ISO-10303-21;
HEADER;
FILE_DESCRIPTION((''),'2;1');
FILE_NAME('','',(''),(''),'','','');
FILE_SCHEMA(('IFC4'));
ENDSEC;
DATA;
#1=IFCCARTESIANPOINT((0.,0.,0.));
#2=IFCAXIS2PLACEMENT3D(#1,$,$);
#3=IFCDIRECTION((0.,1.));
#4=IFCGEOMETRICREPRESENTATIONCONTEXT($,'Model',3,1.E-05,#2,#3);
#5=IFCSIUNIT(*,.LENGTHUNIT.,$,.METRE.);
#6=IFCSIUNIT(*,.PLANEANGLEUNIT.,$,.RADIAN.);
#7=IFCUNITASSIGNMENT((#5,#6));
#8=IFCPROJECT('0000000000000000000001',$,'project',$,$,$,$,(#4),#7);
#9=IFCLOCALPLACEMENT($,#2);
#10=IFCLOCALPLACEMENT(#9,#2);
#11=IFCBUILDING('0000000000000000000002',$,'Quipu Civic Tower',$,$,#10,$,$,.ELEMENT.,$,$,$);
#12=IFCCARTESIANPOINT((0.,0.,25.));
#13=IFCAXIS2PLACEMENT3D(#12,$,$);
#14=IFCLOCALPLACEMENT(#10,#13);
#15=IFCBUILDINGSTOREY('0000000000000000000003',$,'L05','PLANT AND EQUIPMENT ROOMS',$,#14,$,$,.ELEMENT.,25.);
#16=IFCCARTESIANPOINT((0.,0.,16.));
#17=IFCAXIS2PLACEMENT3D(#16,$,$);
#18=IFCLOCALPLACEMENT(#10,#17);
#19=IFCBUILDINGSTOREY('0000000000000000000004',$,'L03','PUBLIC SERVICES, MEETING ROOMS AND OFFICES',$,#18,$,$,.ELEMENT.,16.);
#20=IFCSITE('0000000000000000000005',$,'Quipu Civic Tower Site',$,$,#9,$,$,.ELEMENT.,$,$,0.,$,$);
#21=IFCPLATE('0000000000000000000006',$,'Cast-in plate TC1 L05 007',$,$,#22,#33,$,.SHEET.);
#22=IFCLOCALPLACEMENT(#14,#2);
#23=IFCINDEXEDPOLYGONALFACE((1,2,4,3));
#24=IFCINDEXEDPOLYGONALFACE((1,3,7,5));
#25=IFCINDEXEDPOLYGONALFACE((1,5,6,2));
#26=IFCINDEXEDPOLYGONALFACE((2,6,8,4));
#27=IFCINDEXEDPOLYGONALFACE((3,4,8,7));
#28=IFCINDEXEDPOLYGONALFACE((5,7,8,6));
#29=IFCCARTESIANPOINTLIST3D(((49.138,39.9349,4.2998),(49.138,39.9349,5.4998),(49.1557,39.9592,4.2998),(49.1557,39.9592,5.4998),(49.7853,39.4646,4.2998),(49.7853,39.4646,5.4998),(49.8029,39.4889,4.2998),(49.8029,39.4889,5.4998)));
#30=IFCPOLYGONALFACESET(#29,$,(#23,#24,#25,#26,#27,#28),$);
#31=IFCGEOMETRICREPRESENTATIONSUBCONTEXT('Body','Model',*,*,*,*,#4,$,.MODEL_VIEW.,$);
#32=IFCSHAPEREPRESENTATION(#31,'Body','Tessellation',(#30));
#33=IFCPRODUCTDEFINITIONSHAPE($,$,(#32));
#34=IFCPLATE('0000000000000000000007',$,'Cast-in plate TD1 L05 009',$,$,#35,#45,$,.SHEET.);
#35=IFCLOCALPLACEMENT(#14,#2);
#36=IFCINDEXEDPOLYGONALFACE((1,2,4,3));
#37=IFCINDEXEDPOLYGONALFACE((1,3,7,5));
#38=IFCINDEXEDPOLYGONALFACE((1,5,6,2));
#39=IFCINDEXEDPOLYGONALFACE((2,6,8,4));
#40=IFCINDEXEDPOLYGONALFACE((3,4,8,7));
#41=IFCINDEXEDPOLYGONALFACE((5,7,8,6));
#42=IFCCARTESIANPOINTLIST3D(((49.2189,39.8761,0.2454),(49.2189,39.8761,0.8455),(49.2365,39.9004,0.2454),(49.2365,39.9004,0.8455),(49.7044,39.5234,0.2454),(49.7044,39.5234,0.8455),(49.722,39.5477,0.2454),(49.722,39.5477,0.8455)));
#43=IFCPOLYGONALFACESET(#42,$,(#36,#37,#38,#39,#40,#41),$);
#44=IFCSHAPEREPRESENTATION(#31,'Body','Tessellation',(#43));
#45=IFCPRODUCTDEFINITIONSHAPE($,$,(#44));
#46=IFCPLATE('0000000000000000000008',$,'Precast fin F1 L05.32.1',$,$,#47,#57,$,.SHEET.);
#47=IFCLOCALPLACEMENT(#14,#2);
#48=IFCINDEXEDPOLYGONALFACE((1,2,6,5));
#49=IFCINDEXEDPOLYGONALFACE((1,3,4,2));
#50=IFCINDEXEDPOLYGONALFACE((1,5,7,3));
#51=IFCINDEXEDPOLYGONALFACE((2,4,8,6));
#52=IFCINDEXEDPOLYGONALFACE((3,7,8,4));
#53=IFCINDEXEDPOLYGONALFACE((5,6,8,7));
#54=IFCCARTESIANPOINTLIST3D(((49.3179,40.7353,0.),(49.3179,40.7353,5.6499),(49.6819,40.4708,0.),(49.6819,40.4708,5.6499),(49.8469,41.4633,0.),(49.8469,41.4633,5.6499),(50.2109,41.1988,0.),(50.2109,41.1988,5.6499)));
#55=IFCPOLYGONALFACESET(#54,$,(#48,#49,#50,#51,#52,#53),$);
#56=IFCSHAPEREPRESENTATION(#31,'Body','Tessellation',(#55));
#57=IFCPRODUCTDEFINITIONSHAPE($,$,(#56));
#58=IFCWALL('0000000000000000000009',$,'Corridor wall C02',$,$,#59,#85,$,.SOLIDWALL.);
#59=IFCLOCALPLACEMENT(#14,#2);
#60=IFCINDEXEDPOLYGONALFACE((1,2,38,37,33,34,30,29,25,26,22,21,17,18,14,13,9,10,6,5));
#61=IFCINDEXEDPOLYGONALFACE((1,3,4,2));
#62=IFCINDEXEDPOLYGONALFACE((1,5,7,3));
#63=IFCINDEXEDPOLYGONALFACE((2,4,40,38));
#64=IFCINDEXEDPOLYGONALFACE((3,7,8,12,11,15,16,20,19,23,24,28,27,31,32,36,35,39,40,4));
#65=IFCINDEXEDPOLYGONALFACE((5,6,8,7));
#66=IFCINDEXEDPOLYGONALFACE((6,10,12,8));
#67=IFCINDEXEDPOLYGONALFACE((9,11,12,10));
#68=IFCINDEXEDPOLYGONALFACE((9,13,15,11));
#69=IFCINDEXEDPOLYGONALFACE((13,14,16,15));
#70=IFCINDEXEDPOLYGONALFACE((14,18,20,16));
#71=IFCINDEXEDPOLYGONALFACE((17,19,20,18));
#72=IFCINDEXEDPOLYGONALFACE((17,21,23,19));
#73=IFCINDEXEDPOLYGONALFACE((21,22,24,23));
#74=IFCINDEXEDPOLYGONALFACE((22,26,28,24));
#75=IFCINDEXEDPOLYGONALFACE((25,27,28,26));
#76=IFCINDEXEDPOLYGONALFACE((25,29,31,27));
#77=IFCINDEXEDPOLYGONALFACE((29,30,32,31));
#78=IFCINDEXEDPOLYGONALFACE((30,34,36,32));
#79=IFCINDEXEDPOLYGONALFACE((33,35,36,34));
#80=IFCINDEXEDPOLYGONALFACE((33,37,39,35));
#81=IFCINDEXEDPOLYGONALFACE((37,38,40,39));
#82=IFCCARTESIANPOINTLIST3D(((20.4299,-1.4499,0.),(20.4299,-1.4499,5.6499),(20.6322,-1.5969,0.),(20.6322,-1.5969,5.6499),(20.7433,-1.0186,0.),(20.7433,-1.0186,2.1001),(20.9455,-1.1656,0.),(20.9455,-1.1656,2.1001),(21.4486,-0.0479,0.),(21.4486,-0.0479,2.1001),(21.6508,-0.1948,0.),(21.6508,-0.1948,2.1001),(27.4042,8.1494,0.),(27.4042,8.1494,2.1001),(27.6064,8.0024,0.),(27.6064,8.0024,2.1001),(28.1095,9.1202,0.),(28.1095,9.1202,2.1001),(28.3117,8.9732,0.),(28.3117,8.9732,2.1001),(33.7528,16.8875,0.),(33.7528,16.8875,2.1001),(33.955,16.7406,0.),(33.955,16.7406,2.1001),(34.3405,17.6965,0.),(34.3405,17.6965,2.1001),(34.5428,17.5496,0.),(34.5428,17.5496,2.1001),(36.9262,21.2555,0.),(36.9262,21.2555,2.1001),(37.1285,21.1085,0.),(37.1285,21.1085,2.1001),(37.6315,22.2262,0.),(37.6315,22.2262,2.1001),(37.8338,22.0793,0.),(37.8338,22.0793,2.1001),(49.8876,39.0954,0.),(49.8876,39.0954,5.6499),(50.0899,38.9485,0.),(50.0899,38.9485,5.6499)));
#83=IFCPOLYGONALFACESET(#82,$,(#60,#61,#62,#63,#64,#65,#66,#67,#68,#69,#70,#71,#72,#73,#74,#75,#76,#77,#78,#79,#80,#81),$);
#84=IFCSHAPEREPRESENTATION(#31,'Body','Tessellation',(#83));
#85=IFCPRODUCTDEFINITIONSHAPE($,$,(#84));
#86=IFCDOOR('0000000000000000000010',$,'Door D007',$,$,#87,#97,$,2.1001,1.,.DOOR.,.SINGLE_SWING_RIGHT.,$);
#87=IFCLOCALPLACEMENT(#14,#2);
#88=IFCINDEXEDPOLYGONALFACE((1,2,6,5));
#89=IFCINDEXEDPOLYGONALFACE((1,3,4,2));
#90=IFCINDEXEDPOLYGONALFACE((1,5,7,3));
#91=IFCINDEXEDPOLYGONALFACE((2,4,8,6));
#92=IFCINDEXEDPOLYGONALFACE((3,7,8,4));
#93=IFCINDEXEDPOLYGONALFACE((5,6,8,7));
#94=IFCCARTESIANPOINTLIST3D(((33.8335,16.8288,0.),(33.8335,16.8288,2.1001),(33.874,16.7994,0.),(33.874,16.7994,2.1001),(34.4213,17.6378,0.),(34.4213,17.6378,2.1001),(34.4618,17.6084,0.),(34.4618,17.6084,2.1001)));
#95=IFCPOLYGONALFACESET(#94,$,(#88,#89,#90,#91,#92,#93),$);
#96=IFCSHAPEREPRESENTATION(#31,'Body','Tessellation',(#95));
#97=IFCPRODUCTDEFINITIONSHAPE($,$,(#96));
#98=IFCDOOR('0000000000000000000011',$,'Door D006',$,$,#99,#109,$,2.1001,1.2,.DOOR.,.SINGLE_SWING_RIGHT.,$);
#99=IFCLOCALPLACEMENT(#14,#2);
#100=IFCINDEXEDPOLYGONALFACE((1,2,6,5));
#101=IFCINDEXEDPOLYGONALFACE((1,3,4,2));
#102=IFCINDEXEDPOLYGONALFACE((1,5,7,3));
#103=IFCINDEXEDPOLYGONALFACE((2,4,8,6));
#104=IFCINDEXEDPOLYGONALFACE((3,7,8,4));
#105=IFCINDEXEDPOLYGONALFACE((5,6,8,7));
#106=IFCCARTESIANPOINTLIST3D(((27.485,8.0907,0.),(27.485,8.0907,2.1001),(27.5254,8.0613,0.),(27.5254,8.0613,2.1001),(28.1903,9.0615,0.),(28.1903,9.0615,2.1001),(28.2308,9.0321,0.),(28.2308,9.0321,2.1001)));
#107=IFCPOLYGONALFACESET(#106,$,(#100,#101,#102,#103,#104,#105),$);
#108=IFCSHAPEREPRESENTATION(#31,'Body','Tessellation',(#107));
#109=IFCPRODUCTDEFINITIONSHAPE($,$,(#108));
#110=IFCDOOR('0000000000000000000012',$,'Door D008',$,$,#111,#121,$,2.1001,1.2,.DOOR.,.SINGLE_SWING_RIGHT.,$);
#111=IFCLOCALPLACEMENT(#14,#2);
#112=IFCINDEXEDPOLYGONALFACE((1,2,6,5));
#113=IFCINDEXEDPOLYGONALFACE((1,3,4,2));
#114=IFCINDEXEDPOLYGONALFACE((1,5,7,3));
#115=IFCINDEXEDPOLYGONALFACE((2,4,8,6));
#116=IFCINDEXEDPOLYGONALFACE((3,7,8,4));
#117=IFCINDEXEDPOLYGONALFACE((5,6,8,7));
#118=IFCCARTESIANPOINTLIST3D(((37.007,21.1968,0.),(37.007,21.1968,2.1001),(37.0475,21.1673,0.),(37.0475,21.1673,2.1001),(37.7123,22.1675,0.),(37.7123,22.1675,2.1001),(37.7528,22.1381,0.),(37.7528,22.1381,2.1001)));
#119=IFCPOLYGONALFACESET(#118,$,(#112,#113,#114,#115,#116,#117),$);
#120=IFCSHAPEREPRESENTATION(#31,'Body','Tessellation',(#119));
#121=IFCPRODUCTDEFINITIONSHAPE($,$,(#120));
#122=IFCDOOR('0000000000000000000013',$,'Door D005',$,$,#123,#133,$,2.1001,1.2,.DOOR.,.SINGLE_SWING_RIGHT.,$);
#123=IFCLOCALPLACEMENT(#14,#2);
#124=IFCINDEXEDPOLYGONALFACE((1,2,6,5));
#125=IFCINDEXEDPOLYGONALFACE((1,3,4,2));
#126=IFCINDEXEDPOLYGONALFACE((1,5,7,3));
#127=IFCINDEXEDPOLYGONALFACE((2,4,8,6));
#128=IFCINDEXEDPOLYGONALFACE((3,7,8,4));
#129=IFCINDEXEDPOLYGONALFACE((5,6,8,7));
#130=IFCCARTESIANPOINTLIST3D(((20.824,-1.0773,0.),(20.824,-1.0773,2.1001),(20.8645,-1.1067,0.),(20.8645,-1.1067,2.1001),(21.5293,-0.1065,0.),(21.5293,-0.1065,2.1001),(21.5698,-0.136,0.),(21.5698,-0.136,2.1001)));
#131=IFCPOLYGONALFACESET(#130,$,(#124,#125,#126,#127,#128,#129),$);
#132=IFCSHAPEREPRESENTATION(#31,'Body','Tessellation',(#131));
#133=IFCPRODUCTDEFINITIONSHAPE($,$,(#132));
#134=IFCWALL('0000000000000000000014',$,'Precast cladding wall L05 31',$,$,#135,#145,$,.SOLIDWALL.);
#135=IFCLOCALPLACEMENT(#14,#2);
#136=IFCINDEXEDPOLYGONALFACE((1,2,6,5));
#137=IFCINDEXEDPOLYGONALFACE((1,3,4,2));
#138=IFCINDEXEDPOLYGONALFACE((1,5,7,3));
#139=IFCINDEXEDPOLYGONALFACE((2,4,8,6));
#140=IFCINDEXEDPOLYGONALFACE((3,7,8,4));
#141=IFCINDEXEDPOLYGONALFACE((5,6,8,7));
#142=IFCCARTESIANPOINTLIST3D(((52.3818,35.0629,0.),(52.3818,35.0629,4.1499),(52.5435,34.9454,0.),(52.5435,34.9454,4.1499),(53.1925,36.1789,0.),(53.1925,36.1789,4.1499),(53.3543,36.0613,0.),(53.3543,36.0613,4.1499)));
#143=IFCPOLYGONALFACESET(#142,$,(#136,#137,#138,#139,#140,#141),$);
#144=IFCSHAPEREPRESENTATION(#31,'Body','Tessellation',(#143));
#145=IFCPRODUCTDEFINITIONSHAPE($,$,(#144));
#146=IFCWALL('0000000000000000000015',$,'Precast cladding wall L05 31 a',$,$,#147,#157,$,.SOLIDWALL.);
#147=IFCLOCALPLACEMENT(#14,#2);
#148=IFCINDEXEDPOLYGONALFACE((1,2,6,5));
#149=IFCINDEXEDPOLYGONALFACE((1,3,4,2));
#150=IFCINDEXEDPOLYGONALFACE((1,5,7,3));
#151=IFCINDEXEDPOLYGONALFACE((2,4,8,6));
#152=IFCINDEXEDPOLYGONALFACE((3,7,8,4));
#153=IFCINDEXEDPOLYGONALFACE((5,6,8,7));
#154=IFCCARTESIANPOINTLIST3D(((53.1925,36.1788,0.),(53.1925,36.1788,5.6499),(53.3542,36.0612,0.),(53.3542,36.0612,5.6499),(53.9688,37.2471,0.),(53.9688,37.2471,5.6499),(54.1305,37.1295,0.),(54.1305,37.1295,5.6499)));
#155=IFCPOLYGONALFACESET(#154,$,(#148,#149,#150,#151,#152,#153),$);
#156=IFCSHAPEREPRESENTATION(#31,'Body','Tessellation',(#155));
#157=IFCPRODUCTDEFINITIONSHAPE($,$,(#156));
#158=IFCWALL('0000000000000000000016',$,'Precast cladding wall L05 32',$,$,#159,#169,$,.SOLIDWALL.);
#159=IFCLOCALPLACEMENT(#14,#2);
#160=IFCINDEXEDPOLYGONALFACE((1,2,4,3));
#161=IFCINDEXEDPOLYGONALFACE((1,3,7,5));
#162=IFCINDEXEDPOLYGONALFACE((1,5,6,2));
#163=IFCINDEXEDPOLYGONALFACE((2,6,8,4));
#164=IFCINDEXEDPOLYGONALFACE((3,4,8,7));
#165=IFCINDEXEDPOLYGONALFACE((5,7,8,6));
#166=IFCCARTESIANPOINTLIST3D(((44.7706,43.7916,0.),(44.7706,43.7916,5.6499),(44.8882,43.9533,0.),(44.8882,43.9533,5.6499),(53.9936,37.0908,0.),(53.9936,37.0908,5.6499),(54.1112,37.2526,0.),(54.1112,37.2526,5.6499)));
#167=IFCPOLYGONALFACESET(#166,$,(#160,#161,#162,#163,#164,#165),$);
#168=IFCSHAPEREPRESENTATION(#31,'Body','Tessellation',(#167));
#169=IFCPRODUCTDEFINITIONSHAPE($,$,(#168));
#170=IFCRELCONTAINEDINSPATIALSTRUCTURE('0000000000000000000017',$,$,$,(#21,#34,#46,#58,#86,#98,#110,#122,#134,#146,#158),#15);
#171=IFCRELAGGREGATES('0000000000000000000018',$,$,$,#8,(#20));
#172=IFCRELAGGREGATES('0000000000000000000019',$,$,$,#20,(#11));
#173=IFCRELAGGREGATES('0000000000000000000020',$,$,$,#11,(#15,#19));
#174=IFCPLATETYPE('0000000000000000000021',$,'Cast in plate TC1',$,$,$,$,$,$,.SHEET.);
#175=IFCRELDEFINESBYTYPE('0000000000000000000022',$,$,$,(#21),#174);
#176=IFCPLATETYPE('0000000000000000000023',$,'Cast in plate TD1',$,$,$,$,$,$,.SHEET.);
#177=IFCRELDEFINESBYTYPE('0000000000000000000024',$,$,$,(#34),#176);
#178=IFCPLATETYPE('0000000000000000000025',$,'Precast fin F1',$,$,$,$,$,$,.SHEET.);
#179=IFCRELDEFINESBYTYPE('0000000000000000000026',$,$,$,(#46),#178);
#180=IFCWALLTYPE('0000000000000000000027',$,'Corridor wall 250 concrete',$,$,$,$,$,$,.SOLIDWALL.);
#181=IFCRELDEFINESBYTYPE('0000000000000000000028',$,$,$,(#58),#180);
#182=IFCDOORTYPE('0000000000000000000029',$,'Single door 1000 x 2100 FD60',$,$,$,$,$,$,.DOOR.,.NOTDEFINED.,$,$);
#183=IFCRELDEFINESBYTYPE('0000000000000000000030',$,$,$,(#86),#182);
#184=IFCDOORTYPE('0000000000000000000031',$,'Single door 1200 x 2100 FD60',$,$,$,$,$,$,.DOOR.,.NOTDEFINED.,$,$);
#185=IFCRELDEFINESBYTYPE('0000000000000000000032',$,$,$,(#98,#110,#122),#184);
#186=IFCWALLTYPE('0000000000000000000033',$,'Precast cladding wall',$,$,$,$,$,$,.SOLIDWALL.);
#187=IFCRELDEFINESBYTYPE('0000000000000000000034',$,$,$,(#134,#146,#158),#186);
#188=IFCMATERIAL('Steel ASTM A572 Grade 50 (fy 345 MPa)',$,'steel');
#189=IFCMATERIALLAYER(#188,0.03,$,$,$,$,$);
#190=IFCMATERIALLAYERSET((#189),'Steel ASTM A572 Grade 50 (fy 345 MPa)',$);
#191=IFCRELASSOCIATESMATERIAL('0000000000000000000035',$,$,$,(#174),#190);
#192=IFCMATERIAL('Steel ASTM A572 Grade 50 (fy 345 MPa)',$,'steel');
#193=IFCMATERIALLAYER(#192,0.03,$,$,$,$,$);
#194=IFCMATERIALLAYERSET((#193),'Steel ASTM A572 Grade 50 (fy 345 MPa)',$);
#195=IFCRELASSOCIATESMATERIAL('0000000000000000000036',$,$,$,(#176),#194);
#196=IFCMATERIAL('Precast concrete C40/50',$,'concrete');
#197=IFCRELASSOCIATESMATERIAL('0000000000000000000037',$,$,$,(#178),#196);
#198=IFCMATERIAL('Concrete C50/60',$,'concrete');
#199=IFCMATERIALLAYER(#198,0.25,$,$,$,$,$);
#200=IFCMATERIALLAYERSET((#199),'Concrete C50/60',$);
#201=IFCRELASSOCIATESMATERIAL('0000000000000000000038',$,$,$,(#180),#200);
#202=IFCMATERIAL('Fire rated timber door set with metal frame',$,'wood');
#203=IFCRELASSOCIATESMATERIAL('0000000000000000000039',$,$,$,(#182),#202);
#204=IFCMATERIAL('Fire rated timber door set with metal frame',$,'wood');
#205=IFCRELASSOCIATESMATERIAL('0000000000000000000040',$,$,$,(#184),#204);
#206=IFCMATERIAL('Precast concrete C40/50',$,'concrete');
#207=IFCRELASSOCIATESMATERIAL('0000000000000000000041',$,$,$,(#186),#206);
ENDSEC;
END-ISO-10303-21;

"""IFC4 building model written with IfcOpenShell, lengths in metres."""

from ifc_helpers import new_model, si_unit, direction, frame, frame_2d, origin, origin_2d, place, context, subcontext, project, spatial, rectangle, extrude, material, layer, layer_set, type_object, element, fill, save


model = new_model("IFC4")

# Units and contexts
model_context = context("Model", 3, precision=1e-05, world=origin(), true_north=direction((0.0, 1.0)))
body_context = subcontext(model_context, "Body", "Model", "MODEL_VIEW")
ifc_project = project(units=[si_unit("LENGTHUNIT", "METRE"), si_unit("PLANEANGLEUNIT", "RADIAN")], contexts=[model_context])

# Site, building, storey
site_placement = place(None, origin())
site = spatial("IfcSite", under=ifc_project, at=site_placement, Name="Quipu Civic Tower Site", CompositionType="ELEMENT", RefElevation=0.0)
building_placement = place(site_placement, origin())
building = spatial("IfcBuilding", under=site, at=building_placement, Name="Quipu Civic Tower", CompositionType="ELEMENT")
storey_1_placement = place(building_placement, frame((0.0, 0.0, 25.0)))
storey_1 = spatial("IfcBuildingStorey", under=building, at=storey_1_placement, Name="L05", Description="PLANT AND EQUIPMENT ROOMS", CompositionType="ELEMENT", Elevation=25.0)

# Shared definitions
storey_2_placement = place(building_placement, frame((0.0, 0.0, 16.0)))
storey_2 = spatial("IfcBuildingStorey", under=building, at=storey_2_placement, Name="L03", Description="PUBLIC SERVICES, MEETING ROOMS AND OFFICES", CompositionType="ELEMENT", Elevation=16.0)

# Plates
ifc_material_1 = material(Name="Steel ASTM A572 Grade 50 (fy 345 MPa)", Category="steel")
ifc_layer_1 = layer(ifc_material_1, 0.03)
ifc_layer_set_1 = layer_set([ifc_layer_1], Name="Steel ASTM A572 Grade 50 (fy 345 MPa)")
plate_type_1 = type_object("IfcPlateType", Name="Cast in plate TC1", PredefinedType="SHEET", material=ifc_layer_set_1)
plate_1_placement = place(storey_1_placement, frame((49.4705, 39.7119, 4.2998), z_axis=(0.0, 0.0, 1.0), x_axis=(0.809007, -0.587799, 0.0)))
element("IfcPlate", 1, at=plate_1_placement, inside=storey_1, type_object=plate_type_1, Name="Cast-in plate TC1 L05 007", PredefinedType="SHEET", context=body_context, shape_type="SweptSolid", body=[
    extrude(rectangle(XDim=0.8, YDim=0.03, at=origin_2d()), origin(), (0.0, 0.0, 1.0), 1.2),
])
ifc_material_2 = material(Name="Steel ASTM A572 Grade 50 (fy 345 MPa)", Category="steel")
ifc_layer_2 = layer(ifc_material_2, 0.03)
ifc_layer_set_2 = layer_set([ifc_layer_2], Name="Steel ASTM A572 Grade 50 (fy 345 MPa)")
plate_type_2 = type_object("IfcPlateType", Name="Cast in plate TD1", PredefinedType="SHEET", material=ifc_layer_set_2)
plate_2_placement = place(storey_1_placement, frame((49.4705, 39.7119, 0.2454), z_axis=(0.0, 0.0, 1.0), x_axis=(0.809007, -0.587799, 0.0)))
element("IfcPlate", 2, at=plate_2_placement, inside=storey_1, type_object=plate_type_2, Name="Cast-in plate TD1 L05 009", PredefinedType="SHEET", context=body_context, shape_type="SweptSolid", body=[
    extrude(rectangle(XDim=0.6001, YDim=0.03, at=origin_2d()), origin(), (0.0, 0.0, 1.0), 0.6001),
])
ifc_material_3 = material(Name="Precast concrete C40/50", Category="concrete")
plate_type_3 = type_object("IfcPlateType", Name="Precast fin F1", PredefinedType="SHEET", material=ifc_material_3)
plate_3_placement = place(storey_1_placement, frame((49.7644, 40.967, 0.0), z_axis=(0.0, 0.0, 1.0), x_axis=(-0.809021, 0.587779, 0.0)))
element("IfcPlate", 3, at=plate_3_placement, inside=storey_1, type_object=plate_type_3, Name="Precast fin F1 L05.32.1", PredefinedType="SHEET", context=body_context, shape_type="SweptSolid", body=[
    extrude(rectangle(XDim=0.45, YDim=0.8999, at=origin_2d()), origin(), (0.0, 0.0, 1.0), 5.6499),
])

# Wall, openings, doors
ifc_material_4 = material(Name="Concrete C50/60", Category="concrete")
ifc_layer_3 = layer(ifc_material_4, 0.25)
ifc_layer_set_3 = layer_set([ifc_layer_3], Name="Concrete C50/60")
wall_type_1 = type_object("IfcWallType", Name="Corridor wall 250 concrete", PredefinedType="SOLIDWALL", material=ifc_layer_set_3)
wall_1_placement = place(storey_1_placement, frame((49.9888, 39.022, 0.0), z_axis=(0.0, 0.0, 1.0), x_axis=(-0.587783, -0.809019, 0.0)))
wall_1 = element("IfcWall", 4, at=wall_1_placement, inside=storey_1, type_object=wall_type_1, Name="Corridor wall C02", PredefinedType="SOLIDWALL", context=body_context, shape_type="SweptSolid", body=[
    extrude(rectangle(XDim=50.1167, YDim=0.25, at=frame_2d((25.0583, 0.0))), origin(), (0.0, 0.0, 1.0), 5.6499),
])
opening_1_placement = place(wall_1_placement, frame((37.0513, 0.0, 0.0)))
opening_1 = element("IfcOpeningElement", 5, at=opening_1_placement, cuts=wall_1, PredefinedType="OPENING", context=body_context, shape_type="SweptSolid", body=[
    extrude(rectangle(XDim=1.2, YDim=2.1001, at=frame_2d((0.6001, 1.05))), frame((0.0, 0.135, 0.0), z_axis=(0.0, -1.0, 0.0), x_axis=(1.0, 0.0, 0.0)), (0.0, 0.0, 1.0), 0.27),
])
opening_2_placement = place(wall_1_placement, frame((20.8513, 0.0, 0.0)))
opening_2 = element("IfcOpeningElement", 6, at=opening_2_placement, cuts=wall_1, PredefinedType="OPENING", context=body_context, shape_type="SweptSolid", body=[
    extrude(rectangle(XDim=1.2, YDim=2.1001, at=frame_2d((0.6001, 1.05))), frame((0.0, 0.135, 0.0), z_axis=(0.0, -1.0, 0.0), x_axis=(1.0, 0.0, 0.0)), (0.0, 0.0, 1.0), 0.27),
])
opening_3_placement = place(wall_1_placement, frame((48.3835, 0.0, 0.0)))
opening_3 = element("IfcOpeningElement", 7, at=opening_3_placement, cuts=wall_1, PredefinedType="OPENING", context=body_context, shape_type="SweptSolid", body=[
    extrude(rectangle(XDim=1.2, YDim=2.1001, at=frame_2d((0.6001, 1.05))), frame((0.0, 0.135, 0.0), z_axis=(0.0, -1.0, 0.0), x_axis=(1.0, 0.0, 0.0)), (0.0, 0.0, 1.0), 0.27),
])
opening_4_placement = place(wall_1_placement, frame((26.4504, 0.0, 0.0)))
opening_4 = element("IfcOpeningElement", 8, at=opening_4_placement, cuts=wall_1, PredefinedType="OPENING", context=body_context, shape_type="SweptSolid", body=[
    extrude(rectangle(XDim=1.0, YDim=2.1001, at=frame_2d((0.5, 1.05))), frame((0.0, 0.135, 0.0), z_axis=(0.0, -1.0, 0.0), x_axis=(1.0, 0.0, 0.0)), (0.0, 0.0, 1.0), 0.27),
])
ifc_material_5 = material(Name="Fire rated timber door set with metal frame", Category="wood")
door_type_1 = type_object("IfcDoorType", Name="Single door 1000 x 2100 FD60", OperationType="NOTDEFINED", PredefinedType="DOOR", material=ifc_material_5)
door_1_placement = place(opening_4_placement, origin())
door_1 = element("IfcDoor", 9, at=door_1_placement, inside=storey_1, type_object=door_type_1, Name="Door D007", OperationType="SINGLE_SWING_RIGHT", OverallHeight=2.1001, OverallWidth=1.0, PredefinedType="DOOR", context=body_context, shape_type="SweptSolid", body=[
    extrude(rectangle(XDim=1.0, YDim=2.1001, at=frame_2d((0.5, 1.05))), frame((0.0, 0.0249, 0.0), z_axis=(0.0, -1.0, 0.0), x_axis=(1.0, 0.0, 0.0)), (0.0, 0.0, 1.0), 0.05),
])
fill(opening_4, door_1)
ifc_material_6 = material(Name="Fire rated timber door set with metal frame", Category="wood")
door_type_2 = type_object("IfcDoorType", Name="Single door 1200 x 2100 FD60", OperationType="NOTDEFINED", PredefinedType="DOOR", material=ifc_material_6)
door_2_placement = place(opening_1_placement, origin())
door_2 = element("IfcDoor", 10, at=door_2_placement, inside=storey_1, type_object=door_type_2, Name="Door D006", OperationType="SINGLE_SWING_RIGHT", OverallHeight=2.1001, OverallWidth=1.2, PredefinedType="DOOR", context=body_context, shape_type="SweptSolid", body=[
    extrude(rectangle(XDim=1.2, YDim=2.1001, at=frame_2d((0.6001, 1.05))), frame((0.0, 0.0249, 0.0), z_axis=(0.0, -1.0, 0.0), x_axis=(1.0, 0.0, 0.0)), (0.0, 0.0, 1.0), 0.05),
])
fill(opening_1, door_2)
door_3_placement = place(opening_2_placement, origin())
door_3 = element("IfcDoor", 11, at=door_3_placement, inside=storey_1, type_object=door_type_2, Name="Door D008", OperationType="SINGLE_SWING_RIGHT", OverallHeight=2.1001, OverallWidth=1.2, PredefinedType="DOOR", context=body_context, shape_type="SweptSolid", body=[
    extrude(rectangle(XDim=1.2, YDim=2.1001, at=frame_2d((0.6001, 1.05))), frame((0.0, 0.0249, 0.0), z_axis=(0.0, -1.0, 0.0), x_axis=(1.0, 0.0, 0.0)), (0.0, 0.0, 1.0), 0.05),
])
fill(opening_2, door_3)
door_4_placement = place(opening_3_placement, origin())
door_4 = element("IfcDoor", 12, at=door_4_placement, inside=storey_1, type_object=door_type_2, Name="Door D005", OperationType="SINGLE_SWING_RIGHT", OverallHeight=2.1001, OverallWidth=1.2, PredefinedType="DOOR", context=body_context, shape_type="SweptSolid", body=[
    extrude(rectangle(XDim=1.2, YDim=2.1001, at=frame_2d((0.6001, 1.05))), frame((0.0, 0.0249, 0.0), z_axis=(0.0, -1.0, 0.0), x_axis=(1.0, 0.0, 0.0)), (0.0, 0.0, 1.0), 0.05),
])
fill(opening_3, door_4)

# Walls
ifc_material_7 = material(Name="Precast concrete C40/50", Category="concrete")
wall_type_2 = type_object("IfcWallType", Name="Precast cladding wall", PredefinedType="SOLIDWALL", material=ifc_material_7)
wall_2_placement = place(storey_1_placement, frame((52.4626, 35.0042, 0.0), z_axis=(0.0, 0.0, 1.0), x_axis=(0.587782, 0.809019, 0.0)))
element("IfcWall", 13, at=wall_2_placement, inside=storey_1, type_object=wall_type_2, Name="Precast cladding wall L05 31", PredefinedType="SOLIDWALL", context=body_context, shape_type="SweptSolid", body=[
    extrude(rectangle(XDim=1.3794, YDim=0.2, at=frame_2d((0.6897, 0.0))), origin(), (0.0, 0.0, 1.0), 4.1499),
])
wall_3_placement = place(storey_1_placement, frame((53.2734, 36.1201, 0.0), z_axis=(0.0, 0.0, 1.0), x_axis=(0.587864, 0.80896, 0.0)))
element("IfcWall", 14, at=wall_3_placement, inside=storey_1, type_object=wall_type_2, Name="Precast cladding wall L05 31 a", PredefinedType="SOLIDWALL", context=body_context, shape_type="SweptSolid", body=[
    extrude(rectangle(XDim=1.3206, YDim=0.2, at=frame_2d((0.6602, 0.0))), origin(), (0.0, 0.0, 1.0), 5.6499),
])
wall_4_placement = place(storey_1_placement, frame((54.0525, 37.1716, 0.0), z_axis=(0.0, 0.0, 1.0), x_axis=(-0.809023, 0.587777, 0.0)))
element("IfcWall", 15, at=wall_4_placement, inside=storey_1, type_object=wall_type_2, Name="Precast cladding wall L05 32", PredefinedType="SOLIDWALL", context=body_context, shape_type="SweptSolid", body=[
    extrude(rectangle(XDim=11.4001, YDim=0.2, at=frame_2d((5.7002, 0.0))), origin(), (0.0, 0.0, 1.0), 5.6499),
])

save(model, "model.ifc")
